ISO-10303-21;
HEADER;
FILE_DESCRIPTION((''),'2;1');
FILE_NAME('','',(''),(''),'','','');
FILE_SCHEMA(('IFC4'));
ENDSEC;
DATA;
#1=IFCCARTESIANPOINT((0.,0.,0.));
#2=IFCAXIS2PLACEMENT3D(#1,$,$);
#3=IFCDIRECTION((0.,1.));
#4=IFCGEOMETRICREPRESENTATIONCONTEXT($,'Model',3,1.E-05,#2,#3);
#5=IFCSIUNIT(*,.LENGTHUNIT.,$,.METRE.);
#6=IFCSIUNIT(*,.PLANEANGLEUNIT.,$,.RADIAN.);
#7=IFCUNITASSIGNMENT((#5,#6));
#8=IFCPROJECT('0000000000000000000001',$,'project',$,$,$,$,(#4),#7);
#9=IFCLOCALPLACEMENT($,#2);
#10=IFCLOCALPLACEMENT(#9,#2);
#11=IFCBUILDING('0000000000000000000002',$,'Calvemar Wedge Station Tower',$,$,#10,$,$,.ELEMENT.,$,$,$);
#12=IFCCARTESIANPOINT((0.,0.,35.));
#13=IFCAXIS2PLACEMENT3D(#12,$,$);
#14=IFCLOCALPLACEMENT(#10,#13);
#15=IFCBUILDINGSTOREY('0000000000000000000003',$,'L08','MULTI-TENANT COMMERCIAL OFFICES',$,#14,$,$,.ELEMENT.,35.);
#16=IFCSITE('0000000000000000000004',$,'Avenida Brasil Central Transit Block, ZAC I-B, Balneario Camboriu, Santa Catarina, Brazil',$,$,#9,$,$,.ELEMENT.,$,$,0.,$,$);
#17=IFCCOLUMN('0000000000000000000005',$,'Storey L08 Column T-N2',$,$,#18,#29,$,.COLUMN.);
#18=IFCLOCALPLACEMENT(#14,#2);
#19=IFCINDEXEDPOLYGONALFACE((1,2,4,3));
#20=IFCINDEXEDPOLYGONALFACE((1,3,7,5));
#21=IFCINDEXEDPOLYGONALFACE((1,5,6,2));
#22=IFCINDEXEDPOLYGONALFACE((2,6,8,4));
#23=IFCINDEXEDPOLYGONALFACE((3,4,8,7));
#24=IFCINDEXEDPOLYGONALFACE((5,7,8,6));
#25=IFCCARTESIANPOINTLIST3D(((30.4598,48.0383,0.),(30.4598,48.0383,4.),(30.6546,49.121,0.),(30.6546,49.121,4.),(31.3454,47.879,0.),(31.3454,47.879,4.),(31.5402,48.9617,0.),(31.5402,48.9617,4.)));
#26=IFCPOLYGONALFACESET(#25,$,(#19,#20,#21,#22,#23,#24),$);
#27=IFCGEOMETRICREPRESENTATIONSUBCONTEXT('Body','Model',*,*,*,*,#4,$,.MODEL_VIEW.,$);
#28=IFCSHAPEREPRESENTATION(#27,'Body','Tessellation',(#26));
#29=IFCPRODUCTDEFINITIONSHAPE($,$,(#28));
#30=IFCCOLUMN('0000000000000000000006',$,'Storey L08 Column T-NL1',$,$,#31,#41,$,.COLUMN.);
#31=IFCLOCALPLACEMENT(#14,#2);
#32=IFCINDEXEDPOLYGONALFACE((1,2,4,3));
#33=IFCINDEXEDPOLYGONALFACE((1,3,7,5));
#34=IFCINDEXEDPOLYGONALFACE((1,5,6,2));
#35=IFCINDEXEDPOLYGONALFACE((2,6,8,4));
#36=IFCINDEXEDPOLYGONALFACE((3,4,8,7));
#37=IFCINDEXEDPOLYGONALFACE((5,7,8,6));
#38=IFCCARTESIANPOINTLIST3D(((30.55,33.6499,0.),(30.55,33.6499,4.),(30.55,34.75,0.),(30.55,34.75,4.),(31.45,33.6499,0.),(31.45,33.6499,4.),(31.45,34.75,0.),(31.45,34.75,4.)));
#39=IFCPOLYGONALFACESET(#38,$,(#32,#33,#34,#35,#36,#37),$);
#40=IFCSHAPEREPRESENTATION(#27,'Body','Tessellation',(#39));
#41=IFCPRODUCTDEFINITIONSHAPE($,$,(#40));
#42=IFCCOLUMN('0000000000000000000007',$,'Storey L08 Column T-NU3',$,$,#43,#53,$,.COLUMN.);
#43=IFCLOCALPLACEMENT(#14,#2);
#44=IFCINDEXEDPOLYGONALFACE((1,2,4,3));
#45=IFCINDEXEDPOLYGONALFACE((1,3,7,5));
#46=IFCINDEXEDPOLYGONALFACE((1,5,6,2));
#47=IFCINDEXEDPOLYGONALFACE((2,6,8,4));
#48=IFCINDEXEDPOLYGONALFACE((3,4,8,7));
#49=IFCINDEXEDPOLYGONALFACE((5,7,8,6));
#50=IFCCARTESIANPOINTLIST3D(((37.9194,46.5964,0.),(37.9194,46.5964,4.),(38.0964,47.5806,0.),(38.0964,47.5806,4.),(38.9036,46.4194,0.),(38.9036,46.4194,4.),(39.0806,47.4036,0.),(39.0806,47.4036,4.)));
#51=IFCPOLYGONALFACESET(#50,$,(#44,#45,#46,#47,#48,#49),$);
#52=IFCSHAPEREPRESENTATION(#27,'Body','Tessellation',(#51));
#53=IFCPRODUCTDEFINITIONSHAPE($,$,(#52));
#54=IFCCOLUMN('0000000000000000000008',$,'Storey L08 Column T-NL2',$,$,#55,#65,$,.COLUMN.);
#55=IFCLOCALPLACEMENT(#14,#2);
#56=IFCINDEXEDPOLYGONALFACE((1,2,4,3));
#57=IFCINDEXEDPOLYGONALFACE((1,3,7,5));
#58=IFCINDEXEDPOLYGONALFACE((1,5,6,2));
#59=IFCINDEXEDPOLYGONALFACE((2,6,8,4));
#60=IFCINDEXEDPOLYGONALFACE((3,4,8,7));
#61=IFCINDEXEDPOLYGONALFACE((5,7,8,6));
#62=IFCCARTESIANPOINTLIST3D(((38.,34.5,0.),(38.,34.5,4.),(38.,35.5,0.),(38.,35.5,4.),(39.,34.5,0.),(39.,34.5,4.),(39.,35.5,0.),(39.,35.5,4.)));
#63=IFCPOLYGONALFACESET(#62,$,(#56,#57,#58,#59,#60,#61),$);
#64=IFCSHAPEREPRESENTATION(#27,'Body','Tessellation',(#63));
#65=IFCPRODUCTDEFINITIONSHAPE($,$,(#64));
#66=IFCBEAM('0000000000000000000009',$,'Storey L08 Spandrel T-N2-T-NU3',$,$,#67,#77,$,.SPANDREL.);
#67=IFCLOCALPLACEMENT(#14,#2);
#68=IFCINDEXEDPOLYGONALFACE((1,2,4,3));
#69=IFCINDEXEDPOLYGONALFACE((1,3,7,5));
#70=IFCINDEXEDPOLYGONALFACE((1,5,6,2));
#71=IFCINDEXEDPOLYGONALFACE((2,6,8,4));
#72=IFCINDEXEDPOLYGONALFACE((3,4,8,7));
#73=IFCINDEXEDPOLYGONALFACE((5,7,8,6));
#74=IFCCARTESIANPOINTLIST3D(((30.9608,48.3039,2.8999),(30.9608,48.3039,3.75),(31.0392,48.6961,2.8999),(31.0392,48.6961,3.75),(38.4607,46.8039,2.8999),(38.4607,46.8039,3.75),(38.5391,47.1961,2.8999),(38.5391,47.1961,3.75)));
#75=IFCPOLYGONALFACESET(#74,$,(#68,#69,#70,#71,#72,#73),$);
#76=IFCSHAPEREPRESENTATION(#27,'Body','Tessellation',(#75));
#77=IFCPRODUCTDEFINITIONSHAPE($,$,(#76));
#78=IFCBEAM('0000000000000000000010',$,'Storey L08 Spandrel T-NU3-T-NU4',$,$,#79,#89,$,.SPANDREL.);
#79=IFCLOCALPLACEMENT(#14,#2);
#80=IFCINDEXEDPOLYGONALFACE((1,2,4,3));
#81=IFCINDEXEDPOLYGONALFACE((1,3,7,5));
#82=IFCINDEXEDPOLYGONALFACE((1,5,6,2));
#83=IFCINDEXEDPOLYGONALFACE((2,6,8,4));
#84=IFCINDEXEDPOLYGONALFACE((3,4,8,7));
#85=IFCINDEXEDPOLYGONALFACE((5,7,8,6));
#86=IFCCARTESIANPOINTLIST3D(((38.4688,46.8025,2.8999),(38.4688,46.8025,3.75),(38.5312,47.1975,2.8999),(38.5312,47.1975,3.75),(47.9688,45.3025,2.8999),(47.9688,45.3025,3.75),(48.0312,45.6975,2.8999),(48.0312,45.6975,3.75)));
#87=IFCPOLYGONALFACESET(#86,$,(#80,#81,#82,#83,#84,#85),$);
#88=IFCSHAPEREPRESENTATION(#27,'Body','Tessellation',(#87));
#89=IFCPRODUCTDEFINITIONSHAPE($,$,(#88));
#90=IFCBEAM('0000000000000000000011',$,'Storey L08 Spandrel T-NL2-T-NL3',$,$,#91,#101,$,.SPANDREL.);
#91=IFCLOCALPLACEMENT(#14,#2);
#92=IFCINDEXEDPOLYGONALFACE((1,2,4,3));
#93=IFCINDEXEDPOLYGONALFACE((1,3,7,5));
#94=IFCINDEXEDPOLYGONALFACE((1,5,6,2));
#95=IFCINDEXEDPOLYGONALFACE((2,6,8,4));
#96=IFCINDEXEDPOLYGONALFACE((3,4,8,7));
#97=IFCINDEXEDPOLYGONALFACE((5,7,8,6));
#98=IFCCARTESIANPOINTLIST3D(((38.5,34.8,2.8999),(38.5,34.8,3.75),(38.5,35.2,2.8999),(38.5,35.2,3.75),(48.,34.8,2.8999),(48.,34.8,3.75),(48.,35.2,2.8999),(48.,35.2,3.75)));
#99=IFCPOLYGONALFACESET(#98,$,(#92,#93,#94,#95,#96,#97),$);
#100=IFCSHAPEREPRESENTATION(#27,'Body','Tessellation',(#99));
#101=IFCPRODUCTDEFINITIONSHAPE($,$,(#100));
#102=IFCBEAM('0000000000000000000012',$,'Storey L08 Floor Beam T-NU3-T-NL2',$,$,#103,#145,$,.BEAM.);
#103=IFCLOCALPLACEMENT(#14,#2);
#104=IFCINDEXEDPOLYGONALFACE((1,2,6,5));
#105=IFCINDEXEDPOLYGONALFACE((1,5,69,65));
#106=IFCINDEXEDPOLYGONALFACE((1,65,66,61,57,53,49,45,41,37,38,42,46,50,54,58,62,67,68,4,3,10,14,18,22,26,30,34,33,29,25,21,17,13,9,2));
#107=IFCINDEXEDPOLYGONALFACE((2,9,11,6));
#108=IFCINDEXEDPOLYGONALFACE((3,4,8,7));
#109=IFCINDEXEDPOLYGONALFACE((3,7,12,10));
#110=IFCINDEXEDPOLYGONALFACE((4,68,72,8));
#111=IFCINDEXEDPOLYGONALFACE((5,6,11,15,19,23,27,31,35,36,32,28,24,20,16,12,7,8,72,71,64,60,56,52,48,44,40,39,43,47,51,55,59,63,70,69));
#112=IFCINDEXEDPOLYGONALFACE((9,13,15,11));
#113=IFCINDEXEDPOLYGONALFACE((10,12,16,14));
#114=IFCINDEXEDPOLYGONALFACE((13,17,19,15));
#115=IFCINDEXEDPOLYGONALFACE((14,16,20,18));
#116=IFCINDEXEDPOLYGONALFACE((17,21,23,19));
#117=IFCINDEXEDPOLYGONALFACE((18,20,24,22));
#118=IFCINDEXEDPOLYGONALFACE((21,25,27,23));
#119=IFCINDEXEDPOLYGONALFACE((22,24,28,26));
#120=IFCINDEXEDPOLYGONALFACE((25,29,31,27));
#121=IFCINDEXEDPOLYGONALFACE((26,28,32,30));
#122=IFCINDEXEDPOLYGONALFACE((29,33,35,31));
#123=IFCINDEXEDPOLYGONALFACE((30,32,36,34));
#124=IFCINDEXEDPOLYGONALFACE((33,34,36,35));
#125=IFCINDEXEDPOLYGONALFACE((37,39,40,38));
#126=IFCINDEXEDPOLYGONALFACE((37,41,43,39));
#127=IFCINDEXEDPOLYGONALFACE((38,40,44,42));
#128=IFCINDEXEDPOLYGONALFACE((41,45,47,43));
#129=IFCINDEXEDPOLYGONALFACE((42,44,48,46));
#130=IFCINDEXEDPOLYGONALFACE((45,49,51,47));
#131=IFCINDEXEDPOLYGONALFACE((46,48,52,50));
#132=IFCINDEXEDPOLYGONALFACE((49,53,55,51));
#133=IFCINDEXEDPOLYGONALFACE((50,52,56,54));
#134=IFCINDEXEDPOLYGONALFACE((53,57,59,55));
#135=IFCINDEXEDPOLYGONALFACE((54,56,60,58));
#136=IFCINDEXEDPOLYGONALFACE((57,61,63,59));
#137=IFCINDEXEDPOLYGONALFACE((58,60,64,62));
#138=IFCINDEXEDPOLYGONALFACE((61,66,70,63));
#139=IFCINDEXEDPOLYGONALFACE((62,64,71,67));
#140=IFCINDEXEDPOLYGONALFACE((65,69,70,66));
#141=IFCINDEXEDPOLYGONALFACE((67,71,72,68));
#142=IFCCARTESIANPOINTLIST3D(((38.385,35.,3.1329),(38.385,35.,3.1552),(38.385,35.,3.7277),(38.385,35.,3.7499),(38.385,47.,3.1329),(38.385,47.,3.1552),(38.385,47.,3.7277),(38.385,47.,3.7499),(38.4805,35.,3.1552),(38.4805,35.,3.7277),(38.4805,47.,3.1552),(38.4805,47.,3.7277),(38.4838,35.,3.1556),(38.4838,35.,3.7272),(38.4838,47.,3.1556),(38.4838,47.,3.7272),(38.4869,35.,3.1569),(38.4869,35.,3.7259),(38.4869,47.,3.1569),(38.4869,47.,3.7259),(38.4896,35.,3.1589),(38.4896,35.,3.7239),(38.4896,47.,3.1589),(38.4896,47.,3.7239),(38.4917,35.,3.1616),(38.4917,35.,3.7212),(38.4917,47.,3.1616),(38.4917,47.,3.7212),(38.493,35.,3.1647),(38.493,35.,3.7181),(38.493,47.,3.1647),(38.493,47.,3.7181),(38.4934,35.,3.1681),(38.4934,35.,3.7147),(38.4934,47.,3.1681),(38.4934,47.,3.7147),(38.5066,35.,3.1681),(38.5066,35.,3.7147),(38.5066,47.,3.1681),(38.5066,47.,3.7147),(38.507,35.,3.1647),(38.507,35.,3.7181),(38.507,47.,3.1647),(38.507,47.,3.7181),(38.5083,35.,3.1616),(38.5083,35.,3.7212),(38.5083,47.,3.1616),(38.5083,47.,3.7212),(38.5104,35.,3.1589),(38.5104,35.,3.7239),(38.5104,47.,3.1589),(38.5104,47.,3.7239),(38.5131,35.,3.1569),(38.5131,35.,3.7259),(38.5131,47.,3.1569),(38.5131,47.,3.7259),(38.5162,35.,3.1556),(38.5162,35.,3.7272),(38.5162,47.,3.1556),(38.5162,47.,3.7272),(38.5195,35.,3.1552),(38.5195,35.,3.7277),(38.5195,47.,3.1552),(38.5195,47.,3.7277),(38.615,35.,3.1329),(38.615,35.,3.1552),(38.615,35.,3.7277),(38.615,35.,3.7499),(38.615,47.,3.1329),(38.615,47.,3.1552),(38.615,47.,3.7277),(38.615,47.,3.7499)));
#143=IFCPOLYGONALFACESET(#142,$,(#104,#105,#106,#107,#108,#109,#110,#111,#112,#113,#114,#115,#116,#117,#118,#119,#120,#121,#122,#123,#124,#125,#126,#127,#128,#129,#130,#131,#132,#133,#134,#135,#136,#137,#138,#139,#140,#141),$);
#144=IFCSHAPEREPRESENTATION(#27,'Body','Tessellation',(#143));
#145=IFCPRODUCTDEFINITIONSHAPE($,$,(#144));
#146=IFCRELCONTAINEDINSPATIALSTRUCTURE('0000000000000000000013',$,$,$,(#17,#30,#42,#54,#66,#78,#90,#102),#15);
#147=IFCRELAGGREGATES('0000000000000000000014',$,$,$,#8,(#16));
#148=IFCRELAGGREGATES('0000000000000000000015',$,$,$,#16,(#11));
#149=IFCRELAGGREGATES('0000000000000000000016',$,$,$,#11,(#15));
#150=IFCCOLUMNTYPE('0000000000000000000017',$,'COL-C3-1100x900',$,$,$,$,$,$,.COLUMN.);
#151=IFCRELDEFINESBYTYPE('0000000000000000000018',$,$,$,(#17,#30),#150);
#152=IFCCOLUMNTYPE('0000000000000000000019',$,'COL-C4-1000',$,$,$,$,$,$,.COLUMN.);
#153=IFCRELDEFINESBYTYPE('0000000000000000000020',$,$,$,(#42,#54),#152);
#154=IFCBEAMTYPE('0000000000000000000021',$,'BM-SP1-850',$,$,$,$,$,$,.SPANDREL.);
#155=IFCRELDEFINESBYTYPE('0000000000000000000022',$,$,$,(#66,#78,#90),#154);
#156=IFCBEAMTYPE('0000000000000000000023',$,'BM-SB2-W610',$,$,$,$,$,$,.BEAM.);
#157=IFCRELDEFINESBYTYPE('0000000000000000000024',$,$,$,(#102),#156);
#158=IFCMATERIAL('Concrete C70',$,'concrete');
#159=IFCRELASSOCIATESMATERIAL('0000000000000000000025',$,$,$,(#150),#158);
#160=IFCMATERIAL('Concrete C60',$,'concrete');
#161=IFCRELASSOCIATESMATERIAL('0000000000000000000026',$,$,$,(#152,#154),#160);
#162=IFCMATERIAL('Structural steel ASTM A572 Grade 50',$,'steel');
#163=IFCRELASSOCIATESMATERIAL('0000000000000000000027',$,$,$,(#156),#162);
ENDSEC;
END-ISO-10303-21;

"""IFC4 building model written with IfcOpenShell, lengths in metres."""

from ifc_helpers import new_model, si_unit, direction, frame, origin, origin_2d, place, context, subcontext, project, spatial, rectangle, i_section, extrude, source, transform, mapped, material, material_profile, profile_set, type_object, element, save


model = new_model("IFC4")

# Units and contexts
model_context = context("Model", 3, precision=1e-05, world=origin(), true_north=direction((0.0, 1.0)))
body_context = subcontext(model_context, "Body", "Model", "MODEL_VIEW")
ifc_project = project(units=[si_unit("LENGTHUNIT", "METRE"), si_unit("PLANEANGLEUNIT", "RADIAN")], contexts=[model_context])

# Site, building, storey
site_placement = place(None, origin())
site = spatial("IfcSite", under=ifc_project, at=site_placement, Name="Avenida Brasil Central Transit Block, ZAC I-B, Balneario Camboriu, Santa Catarina, Brazil", CompositionType="ELEMENT", RefElevation=0.0)
building_placement = place(site_placement, origin())
building = spatial("IfcBuilding", under=site, at=building_placement, Name="Calvemar Wedge Station Tower", CompositionType="ELEMENT")
storey_placement = place(building_placement, frame((0.0, 0.0, 35.0)))
storey = spatial("IfcBuildingStorey", under=building, at=storey_placement, Name="L08", Description="MULTI-TENANT COMMERCIAL OFFICES", CompositionType="ELEMENT", Elevation=35.0)

# Columns
ifc_material_1 = material(Name="Concrete C70", Category="concrete")
ifc_material_profile_1 = material_profile(ifc_material_1, rectangle(XDim=0.8999, YDim=1.1001, at=origin_2d()), Name="RC1100x900")
ifc_profile_set_1 = profile_set([ifc_material_profile_1], Name="Concrete C70")
column_type_1 = type_object("IfcColumnType", Name="COL-C3-1100x900", PredefinedType="COLUMN", material=ifc_profile_set_1)
shared_shape_1 = source(origin(), body_context, "Body", "SweptSolid", [
    extrude(rectangle(XDim=0.8999, YDim=1.1001, at=origin_2d()), origin(), (0.0, 0.0, 1.0), 4.0),
])
for number, where, z_axis, x_axis, name in (
    (1, (31.0, 48.5, 0.0), (0.0, 0.0, 1.0), (0.984196, -0.177085, 0.0), "Storey L08 Column T-N2"),
    (2, (31.0, 34.2, 0.0), (0.0, 0.0, 1.0), (1.0, 0.0, 0.0), "Storey L08 Column T-NL1"),
):
    element("IfcColumn", number, at=place(storey_placement, frame(where, z_axis=z_axis, x_axis=x_axis)), inside=storey, type_object=column_type_1, Name=name, PredefinedType="COLUMN", context=body_context, shape_type="MappedRepresentation", body=[
        mapped(shared_shape_1, transform((0.0, 0.0, 0.0), scale=1.0)),
    ])
ifc_material_2 = material(Name="Concrete C60", Category="concrete")
ifc_material_profile_2 = material_profile(ifc_material_2, rectangle(XDim=1.0, YDim=1.0, at=origin_2d()), Name="RC1000x1000")
ifc_profile_set_2 = profile_set([ifc_material_profile_2], Name="Concrete C60")
column_type_2 = type_object("IfcColumnType", Name="COL-C4-1000", PredefinedType="COLUMN", material=ifc_profile_set_2)
shared_shape_2 = source(origin(), body_context, "Body", "SweptSolid", [
    extrude(rectangle(XDim=1.0, YDim=1.0, at=origin_2d()), origin(), (0.0, 0.0, 1.0), 4.0),
])
for number, where, z_axis, x_axis, name in (
    (3, (38.5, 47.0, 0.0), (0.0, 0.0, 1.0), (0.984196, -0.177085, 0.0), "Storey L08 Column T-NU3"),
    (4, (38.5, 35.0, 0.0), (0.0, 0.0, 1.0), (1.0, 0.0, 0.0), "Storey L08 Column T-NL2"),
):
    element("IfcColumn", number, at=place(storey_placement, frame(where, z_axis=z_axis, x_axis=x_axis)), inside=storey, type_object=column_type_2, Name=name, PredefinedType="COLUMN", context=body_context, shape_type="MappedRepresentation", body=[
        mapped(shared_shape_2, transform((0.0, 0.0, 0.0), scale=1.0)),
    ])

# Beams
ifc_material_profile_3 = material_profile(ifc_material_2, rectangle(XDim=0.3999, YDim=0.8501, at=origin_2d()), Name="RC400x850")
ifc_profile_set_3 = profile_set([ifc_material_profile_3], Name="Concrete C60")
beam_type_1 = type_object("IfcBeamType", Name="BM-SP1-850", PredefinedType="SPANDREL", material=ifc_profile_set_3)
shared_shape_3 = source(origin(), body_context, "Body", "SweptSolid", [
    extrude(rectangle(XDim=0.3999, YDim=0.8501, at=origin_2d()), origin(), (0.0, 0.0, 1.0), 7.6484),
])
beam_1_placement = place(storey_placement, frame((31.0, 48.5, 3.325), z_axis=(0.980581, -0.196116, 0.0), x_axis=(0.196116, 0.980581, 0.0)))
element("IfcBeam", 5, at=beam_1_placement, inside=storey, type_object=beam_type_1, Name="Storey L08 Spandrel T-N2-T-NU3", PredefinedType="SPANDREL", context=body_context, shape_type="MappedRepresentation", body=[
    mapped(shared_shape_3, transform((0.0, 0.0, 0.0), scale=1.0)),
])
shared_shape_4 = source(origin(), body_context, "Body", "SweptSolid", [
    extrude(rectangle(XDim=0.3999, YDim=0.8501, at=origin_2d()), origin(), (0.0, 0.0, 1.0), 9.6177),
])
beam_2_placement = place(storey_placement, frame((38.5, 47.0, 3.325), z_axis=(0.987763, -0.155963, 0.0), x_axis=(0.155963, 0.987763, 0.0)))
element("IfcBeam", 6, at=beam_2_placement, inside=storey, type_object=beam_type_1, Name="Storey L08 Spandrel T-NU3-T-NU4", PredefinedType="SPANDREL", context=body_context, shape_type="MappedRepresentation", body=[
    mapped(shared_shape_4, transform((0.0, 0.0, 0.0), scale=1.0)),
])
shared_shape_5 = source(origin(), body_context, "Body", "SweptSolid", [
    extrude(rectangle(XDim=0.3999, YDim=0.8501, at=origin_2d()), origin(), (0.0, 0.0, 1.0), 9.5),
])
beam_3_placement = place(storey_placement, frame((38.5, 35.0, 3.325), z_axis=(1.0, 0.0, 0.0), x_axis=(0.0, 1.0, 0.0)))
element("IfcBeam", 7, at=beam_3_placement, inside=storey, type_object=beam_type_1, Name="Storey L08 Spandrel T-NL2-T-NL3", PredefinedType="SPANDREL", context=body_context, shape_type="MappedRepresentation", body=[
    mapped(shared_shape_5, transform((0.0, 0.0, 0.0), scale=1.0)),
])
ifc_material_3 = material(Name="Structural steel ASTM A572 Grade 50", Category="steel")
ifc_material_profile_4 = material_profile(ifc_material_3, i_section(OverallWidth=0.23, OverallDepth=0.6169, WebThickness=0.0132, FlangeThickness=0.0222, FilletRadius=0.0129, at=origin_2d()), Name="W610x140")
ifc_profile_set_4 = profile_set([ifc_material_profile_4], Name="Structural steel ASTM A572 Grade 50")
beam_type_2 = type_object("IfcBeamType", Name="BM-SB2-W610", PredefinedType="BEAM", material=ifc_profile_set_4)
shared_shape_6 = source(origin(), body_context, "Body", "SweptSolid", [
    extrude(i_section(OverallWidth=0.23, OverallDepth=0.6169, WebThickness=0.0132, FlangeThickness=0.0222, FilletRadius=0.0129, at=origin_2d()), origin(), (0.0, 0.0, 1.0), 12.0),
])
beam_4_placement = place(storey_placement, frame((38.5, 47.0, 3.4414), z_axis=(0.0, -1.0, 0.0), x_axis=(1.0, 0.0, 0.0)))
element("IfcBeam", 8, at=beam_4_placement, inside=storey, type_object=beam_type_2, Name="Storey L08 Floor Beam T-NU3-T-NL2", PredefinedType="BEAM", context=body_context, shape_type="MappedRepresentation", body=[
    mapped(shared_shape_6, transform((0.0, 0.0, 0.0), scale=1.0)),
])

save(model, "model.ifc")
